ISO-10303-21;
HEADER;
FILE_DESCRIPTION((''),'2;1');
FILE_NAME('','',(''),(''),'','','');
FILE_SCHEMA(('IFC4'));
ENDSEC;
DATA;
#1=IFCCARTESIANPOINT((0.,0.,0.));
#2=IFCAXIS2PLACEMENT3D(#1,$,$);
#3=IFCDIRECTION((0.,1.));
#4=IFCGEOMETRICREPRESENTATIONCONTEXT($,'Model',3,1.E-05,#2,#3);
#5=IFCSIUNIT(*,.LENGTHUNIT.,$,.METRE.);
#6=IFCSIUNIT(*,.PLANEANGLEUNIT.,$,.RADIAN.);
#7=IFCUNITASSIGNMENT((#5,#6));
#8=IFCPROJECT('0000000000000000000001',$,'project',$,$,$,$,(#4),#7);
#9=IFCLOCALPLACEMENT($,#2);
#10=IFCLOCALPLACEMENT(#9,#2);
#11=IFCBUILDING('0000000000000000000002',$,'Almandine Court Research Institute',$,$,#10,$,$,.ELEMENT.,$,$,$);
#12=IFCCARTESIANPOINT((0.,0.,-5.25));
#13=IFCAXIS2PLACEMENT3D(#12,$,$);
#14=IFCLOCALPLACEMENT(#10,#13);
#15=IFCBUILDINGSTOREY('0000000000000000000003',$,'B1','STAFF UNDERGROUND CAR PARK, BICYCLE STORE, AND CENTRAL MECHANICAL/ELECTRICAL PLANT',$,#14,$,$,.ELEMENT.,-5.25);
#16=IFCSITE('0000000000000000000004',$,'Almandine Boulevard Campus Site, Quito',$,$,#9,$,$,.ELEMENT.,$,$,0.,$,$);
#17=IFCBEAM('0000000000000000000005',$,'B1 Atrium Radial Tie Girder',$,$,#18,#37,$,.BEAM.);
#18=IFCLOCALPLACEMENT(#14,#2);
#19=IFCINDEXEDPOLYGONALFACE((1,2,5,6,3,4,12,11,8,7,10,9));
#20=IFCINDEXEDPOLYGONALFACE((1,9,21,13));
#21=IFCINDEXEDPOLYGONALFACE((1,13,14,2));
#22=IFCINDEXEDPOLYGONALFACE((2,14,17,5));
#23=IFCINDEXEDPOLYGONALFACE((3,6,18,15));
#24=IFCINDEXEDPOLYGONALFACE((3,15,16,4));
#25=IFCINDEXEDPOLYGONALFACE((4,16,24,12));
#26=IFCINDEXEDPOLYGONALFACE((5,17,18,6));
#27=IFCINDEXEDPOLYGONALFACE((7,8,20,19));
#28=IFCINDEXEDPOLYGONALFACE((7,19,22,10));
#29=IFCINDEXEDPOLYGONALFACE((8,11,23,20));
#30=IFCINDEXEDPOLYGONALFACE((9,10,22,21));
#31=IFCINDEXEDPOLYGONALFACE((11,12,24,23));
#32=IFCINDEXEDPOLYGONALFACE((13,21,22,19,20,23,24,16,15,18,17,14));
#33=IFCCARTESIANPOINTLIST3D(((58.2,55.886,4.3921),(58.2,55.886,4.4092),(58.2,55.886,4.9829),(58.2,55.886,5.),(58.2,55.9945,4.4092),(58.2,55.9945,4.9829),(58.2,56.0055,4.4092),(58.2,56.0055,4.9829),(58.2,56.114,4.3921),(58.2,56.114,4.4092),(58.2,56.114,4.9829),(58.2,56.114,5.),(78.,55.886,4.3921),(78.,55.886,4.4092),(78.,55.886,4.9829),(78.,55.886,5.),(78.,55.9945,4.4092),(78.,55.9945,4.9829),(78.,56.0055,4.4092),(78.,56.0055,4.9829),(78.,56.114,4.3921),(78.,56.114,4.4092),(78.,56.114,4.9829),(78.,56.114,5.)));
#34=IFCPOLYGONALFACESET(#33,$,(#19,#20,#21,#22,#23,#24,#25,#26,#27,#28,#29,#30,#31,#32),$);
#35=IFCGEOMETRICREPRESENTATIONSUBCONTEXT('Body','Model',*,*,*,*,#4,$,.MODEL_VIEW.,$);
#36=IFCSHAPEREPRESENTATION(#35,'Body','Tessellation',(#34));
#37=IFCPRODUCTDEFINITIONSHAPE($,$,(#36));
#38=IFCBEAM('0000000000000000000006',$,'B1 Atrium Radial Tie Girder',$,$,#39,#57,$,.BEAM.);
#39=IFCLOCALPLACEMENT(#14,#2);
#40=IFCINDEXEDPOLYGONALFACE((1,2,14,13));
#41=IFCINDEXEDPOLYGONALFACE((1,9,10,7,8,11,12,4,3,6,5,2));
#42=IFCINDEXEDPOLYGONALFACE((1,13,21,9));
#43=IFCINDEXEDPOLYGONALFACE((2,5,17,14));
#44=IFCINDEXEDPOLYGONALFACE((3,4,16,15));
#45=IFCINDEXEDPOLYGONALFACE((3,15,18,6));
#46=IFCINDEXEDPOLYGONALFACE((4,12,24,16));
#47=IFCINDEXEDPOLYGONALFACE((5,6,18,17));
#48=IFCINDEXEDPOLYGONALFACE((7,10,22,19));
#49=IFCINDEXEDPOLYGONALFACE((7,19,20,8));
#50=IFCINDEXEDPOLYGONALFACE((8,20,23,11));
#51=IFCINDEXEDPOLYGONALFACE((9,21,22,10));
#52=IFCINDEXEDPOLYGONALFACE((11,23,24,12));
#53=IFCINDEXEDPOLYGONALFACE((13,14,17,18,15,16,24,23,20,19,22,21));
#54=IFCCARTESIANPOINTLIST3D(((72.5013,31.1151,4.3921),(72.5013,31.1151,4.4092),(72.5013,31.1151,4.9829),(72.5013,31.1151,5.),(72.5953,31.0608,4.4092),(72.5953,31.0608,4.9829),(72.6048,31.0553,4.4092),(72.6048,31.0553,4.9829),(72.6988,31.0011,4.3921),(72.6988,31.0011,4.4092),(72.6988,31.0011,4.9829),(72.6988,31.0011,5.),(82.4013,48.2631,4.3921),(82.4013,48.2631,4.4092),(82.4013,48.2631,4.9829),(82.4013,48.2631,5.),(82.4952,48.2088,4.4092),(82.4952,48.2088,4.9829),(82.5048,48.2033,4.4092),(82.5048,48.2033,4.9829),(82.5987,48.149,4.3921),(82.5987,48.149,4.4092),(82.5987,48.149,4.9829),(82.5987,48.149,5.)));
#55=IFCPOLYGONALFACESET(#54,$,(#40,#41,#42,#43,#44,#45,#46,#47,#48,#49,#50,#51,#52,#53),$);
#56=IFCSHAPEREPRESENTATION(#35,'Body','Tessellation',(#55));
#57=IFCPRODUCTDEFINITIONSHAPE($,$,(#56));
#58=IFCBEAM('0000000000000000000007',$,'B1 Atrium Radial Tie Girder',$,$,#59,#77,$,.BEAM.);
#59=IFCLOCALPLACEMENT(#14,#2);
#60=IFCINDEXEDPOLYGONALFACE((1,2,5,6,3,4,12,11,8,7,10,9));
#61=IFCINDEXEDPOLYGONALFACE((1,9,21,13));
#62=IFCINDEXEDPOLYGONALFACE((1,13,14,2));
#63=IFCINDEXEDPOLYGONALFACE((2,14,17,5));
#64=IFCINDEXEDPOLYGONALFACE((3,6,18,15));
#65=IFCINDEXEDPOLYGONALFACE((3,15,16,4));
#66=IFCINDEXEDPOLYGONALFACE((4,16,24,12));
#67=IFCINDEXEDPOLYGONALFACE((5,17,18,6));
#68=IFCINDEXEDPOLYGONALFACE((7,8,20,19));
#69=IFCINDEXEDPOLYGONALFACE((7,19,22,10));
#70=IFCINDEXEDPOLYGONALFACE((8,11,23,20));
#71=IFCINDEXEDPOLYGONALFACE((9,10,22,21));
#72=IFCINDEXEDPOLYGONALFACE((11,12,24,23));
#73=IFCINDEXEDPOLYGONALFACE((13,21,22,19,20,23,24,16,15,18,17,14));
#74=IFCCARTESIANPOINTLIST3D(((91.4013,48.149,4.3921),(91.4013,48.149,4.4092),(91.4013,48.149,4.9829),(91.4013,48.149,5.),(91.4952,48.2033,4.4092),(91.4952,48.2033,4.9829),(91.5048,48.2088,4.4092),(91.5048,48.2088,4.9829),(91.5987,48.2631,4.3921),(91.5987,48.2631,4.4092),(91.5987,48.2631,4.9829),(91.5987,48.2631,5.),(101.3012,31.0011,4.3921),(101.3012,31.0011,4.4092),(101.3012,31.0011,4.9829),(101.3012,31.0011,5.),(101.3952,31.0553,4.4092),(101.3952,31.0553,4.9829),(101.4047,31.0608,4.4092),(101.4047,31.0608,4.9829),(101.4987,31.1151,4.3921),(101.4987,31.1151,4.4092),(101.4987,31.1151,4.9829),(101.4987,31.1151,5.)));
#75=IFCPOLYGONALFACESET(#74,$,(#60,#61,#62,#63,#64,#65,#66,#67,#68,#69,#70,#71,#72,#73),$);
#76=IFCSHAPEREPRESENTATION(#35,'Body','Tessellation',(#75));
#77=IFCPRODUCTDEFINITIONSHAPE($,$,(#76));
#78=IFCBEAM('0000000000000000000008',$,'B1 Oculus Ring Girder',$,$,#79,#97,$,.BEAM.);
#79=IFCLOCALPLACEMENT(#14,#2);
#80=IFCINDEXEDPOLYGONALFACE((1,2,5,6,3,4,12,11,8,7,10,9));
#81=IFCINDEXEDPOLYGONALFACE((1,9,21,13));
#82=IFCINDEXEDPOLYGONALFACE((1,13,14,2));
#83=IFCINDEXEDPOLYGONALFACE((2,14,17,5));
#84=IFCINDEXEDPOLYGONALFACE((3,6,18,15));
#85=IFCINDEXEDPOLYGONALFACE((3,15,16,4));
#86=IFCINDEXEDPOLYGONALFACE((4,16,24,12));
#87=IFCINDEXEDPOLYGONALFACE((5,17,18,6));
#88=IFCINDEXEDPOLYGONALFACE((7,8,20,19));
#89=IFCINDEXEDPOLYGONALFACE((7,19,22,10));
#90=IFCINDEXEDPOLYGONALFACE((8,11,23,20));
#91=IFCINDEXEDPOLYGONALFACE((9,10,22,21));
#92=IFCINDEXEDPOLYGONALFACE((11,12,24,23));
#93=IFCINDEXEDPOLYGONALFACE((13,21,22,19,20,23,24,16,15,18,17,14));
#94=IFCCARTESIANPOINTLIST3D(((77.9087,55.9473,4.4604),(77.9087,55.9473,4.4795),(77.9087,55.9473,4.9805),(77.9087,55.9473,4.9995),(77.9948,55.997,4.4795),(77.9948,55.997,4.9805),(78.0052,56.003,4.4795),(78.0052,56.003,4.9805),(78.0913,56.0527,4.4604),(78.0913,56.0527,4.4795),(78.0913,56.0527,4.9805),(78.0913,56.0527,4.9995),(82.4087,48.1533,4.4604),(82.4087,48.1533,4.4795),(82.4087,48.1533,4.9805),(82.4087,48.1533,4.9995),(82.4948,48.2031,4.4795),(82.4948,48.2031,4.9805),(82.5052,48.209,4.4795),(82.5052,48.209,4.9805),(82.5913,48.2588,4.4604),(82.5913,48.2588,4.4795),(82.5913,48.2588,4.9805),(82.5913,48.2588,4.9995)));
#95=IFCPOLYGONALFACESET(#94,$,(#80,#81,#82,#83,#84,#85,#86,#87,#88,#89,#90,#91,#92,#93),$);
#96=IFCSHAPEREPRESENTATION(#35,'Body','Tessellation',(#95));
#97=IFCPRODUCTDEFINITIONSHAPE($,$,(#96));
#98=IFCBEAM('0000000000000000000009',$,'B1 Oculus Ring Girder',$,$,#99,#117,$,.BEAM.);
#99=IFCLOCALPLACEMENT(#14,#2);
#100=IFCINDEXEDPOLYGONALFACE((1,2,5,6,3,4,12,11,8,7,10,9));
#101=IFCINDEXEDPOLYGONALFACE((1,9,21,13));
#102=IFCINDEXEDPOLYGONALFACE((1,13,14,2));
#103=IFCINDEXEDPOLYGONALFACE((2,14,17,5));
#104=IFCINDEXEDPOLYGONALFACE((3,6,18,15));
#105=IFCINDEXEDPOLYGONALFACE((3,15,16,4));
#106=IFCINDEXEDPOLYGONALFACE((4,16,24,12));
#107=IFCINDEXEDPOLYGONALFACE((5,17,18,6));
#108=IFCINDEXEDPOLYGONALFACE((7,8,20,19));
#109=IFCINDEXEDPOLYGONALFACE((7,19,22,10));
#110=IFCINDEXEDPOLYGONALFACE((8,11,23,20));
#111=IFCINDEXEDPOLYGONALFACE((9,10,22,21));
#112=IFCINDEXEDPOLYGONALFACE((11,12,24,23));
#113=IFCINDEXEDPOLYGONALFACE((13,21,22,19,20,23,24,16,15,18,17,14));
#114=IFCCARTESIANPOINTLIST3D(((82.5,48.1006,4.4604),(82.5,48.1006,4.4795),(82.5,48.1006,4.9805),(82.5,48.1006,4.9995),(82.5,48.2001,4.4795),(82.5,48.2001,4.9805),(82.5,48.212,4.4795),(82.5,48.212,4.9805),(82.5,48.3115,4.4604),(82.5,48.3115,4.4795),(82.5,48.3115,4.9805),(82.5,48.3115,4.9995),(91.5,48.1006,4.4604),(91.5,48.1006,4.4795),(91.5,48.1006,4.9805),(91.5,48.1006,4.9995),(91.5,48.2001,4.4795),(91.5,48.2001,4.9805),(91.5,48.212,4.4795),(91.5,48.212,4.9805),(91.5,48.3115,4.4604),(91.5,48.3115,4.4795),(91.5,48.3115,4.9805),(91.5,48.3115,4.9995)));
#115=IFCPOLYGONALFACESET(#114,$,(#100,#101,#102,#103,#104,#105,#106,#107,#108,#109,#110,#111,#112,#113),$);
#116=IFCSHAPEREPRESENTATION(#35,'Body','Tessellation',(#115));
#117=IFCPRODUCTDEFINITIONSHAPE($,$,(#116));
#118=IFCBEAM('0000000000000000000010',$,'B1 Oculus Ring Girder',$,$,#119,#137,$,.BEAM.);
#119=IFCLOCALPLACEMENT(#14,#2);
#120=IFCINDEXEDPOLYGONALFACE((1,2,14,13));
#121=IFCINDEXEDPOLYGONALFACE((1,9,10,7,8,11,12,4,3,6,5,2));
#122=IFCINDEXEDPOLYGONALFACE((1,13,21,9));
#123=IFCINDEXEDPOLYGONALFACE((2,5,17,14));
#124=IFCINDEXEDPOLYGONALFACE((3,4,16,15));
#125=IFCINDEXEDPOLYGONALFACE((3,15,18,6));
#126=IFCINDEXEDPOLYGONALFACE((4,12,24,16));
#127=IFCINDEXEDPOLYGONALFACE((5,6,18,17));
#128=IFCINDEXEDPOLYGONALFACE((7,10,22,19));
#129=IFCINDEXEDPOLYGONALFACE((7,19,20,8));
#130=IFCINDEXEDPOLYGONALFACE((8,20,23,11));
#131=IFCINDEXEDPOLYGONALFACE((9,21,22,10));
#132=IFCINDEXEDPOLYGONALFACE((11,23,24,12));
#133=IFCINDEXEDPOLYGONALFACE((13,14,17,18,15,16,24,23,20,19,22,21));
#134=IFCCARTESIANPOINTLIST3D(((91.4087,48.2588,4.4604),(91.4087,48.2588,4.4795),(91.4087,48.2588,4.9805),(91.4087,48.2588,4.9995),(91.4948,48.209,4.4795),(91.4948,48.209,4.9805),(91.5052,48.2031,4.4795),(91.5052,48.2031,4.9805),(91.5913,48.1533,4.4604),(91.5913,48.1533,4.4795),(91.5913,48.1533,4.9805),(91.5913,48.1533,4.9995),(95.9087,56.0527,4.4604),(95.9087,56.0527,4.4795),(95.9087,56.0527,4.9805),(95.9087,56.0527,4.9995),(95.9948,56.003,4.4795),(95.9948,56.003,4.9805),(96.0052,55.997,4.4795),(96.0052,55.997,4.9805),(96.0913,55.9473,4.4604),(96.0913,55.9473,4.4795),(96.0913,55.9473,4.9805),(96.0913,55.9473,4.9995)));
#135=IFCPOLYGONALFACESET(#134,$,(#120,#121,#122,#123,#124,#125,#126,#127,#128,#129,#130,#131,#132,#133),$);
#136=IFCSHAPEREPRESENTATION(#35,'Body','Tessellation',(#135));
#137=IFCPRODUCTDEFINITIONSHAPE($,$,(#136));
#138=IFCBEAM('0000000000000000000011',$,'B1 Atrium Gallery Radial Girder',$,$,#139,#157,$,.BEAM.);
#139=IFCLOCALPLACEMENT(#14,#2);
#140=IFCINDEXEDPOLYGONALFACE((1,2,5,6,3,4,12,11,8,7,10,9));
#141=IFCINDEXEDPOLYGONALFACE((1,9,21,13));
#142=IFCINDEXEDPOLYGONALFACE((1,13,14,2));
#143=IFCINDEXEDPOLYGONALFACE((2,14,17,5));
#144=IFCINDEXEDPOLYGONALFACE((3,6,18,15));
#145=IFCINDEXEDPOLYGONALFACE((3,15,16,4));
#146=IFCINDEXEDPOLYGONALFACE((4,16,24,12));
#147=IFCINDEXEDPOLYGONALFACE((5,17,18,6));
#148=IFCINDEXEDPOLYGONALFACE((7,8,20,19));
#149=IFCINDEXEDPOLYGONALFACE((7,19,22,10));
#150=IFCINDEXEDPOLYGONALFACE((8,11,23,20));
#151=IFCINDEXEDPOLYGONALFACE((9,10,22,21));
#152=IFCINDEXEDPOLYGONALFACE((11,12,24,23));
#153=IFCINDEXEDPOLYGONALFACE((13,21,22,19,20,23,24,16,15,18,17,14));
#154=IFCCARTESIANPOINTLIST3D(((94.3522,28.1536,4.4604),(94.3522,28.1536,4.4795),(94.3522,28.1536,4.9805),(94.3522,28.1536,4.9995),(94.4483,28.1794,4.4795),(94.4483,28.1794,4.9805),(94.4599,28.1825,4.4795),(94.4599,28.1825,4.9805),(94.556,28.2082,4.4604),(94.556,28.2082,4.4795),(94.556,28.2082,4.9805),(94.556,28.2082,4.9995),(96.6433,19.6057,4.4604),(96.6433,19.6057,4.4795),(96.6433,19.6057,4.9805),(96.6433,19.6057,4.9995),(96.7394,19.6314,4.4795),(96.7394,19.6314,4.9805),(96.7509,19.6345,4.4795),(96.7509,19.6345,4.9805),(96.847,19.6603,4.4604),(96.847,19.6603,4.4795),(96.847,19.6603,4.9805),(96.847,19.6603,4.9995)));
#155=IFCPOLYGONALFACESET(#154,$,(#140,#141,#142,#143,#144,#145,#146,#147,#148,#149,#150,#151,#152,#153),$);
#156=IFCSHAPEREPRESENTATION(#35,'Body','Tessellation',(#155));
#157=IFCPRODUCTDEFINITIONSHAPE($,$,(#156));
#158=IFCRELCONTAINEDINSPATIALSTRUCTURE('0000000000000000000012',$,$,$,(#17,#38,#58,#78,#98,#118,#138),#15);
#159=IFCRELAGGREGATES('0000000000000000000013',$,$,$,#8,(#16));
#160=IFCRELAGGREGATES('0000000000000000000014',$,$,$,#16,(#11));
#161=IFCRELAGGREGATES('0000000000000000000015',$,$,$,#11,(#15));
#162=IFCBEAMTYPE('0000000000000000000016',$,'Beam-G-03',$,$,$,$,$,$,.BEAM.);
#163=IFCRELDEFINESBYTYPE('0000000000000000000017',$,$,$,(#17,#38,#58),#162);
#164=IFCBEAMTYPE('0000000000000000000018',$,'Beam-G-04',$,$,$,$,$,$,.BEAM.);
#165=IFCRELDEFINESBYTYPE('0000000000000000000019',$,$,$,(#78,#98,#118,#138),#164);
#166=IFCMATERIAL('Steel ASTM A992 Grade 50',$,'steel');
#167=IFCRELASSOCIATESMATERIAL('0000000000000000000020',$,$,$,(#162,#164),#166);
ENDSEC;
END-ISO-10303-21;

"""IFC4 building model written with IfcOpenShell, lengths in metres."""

from ifc_helpers import new_model, si_unit, direction, frame, origin, origin_2d, place, context, subcontext, project, spatial, i_section, extrude, material, material_profile, profile_set, type_object, element, save


model = new_model("IFC4")

# Units and contexts
model_context = context("Model", 3, precision=1e-05, world=origin(), true_north=direction((0.0, 1.0)))
body_context = subcontext(model_context, "Body", "Model", "MODEL_VIEW")
ifc_project = project(units=[si_unit("LENGTHUNIT", "METRE"), si_unit("PLANEANGLEUNIT", "RADIAN")], contexts=[model_context])

# Site, building, storey
site_placement = place(None, origin())
site = spatial("IfcSite", under=ifc_project, at=site_placement, Name="Almandine Boulevard Campus Site, Quito", CompositionType="ELEMENT", RefElevation=0.0)
building_placement = place(site_placement, origin())
building = spatial("IfcBuilding", under=site, at=building_placement, Name="Almandine Court Research Institute", CompositionType="ELEMENT")
storey_placement = place(building_placement, frame((0.0, 0.0, -5.25)))
storey = spatial("IfcBuildingStorey", under=building, at=storey_placement, Name="B1", Description="STAFF UNDERGROUND CAR PARK, BICYCLE STORE, AND CENTRAL MECHANICAL/ELECTRICAL PLANT", CompositionType="ELEMENT", Elevation=-5.25)

# Beams
ifc_material_1 = material(Name="Steel ASTM A992 Grade 50", Category="steel")
ifc_material_profile_1 = material_profile(ifc_material_1, i_section(OverallWidth=0.228, OverallDepth=0.6079, WebThickness=0.011, FlangeThickness=0.0171, at=origin_2d()), Name="W610x113")
ifc_profile_set_1 = profile_set([ifc_material_profile_1], Name="Steel ASTM A992 Grade 50")
beam_type_1 = type_object("IfcBeamType", Name="Beam-G-03", PredefinedType="BEAM", material=ifc_profile_set_1)
beam_1_placement = place(storey_placement, frame((78.0, 56.0, 4.696), z_axis=(-1.0, 0.0, 0.0), x_axis=(0.0, -1.0, 0.0)))
element("IfcBeam", 1, at=beam_1_placement, inside=storey, type_object=beam_type_1, Name="B1 Atrium Radial Tie Girder", PredefinedType="BEAM", context=body_context, shape_type="SweptSolid", body=[
    extrude(i_section(OverallWidth=0.228, OverallDepth=0.6079, WebThickness=0.011, FlangeThickness=0.0171, at=origin_2d()), origin(), (0.0, 0.0, 1.0), 19.8),
])
for number, where, z_axis, x_axis, name in (
    (2, (82.5, 48.2061, 4.696), (-0.499982, -0.866036, 0.0), (0.866036, -0.499982, 0.0), "B1 Atrium Radial Tie Girder"),
    (3, (91.5, 48.2061, 4.696), (0.499982, -0.866036, 0.0), (0.866036, 0.499982, 0.0), "B1 Atrium Radial Tie Girder"),
):
    element("IfcBeam", number, at=place(storey_placement, frame(where, z_axis=z_axis, x_axis=x_axis)), inside=storey, type_object=beam_type_1, Name=name, PredefinedType="BEAM", context=body_context, shape_type="SweptSolid", body=[
        extrude(i_section(OverallWidth=0.228, OverallDepth=0.6079, WebThickness=0.011, FlangeThickness=0.0171, at=origin_2d()), origin(), (0.0, 0.0, 1.0), 19.8005),
    ])
ifc_material_profile_2 = material_profile(ifc_material_1, i_section(OverallWidth=0.2109, OverallDepth=0.5391, WebThickness=0.012, FlangeThickness=0.019, at=origin_2d()), Name="W530x109")
ifc_profile_set_2 = profile_set([ifc_material_profile_2], Name="Steel ASTM A992 Grade 50")
beam_type_2 = type_object("IfcBeamType", Name="Beam-G-04", PredefinedType="BEAM", material=ifc_profile_set_2)
beam_2_placement = place(storey_placement, frame((78.0, 56.0, 4.73), z_axis=(0.500014, -0.866018, 0.0), x_axis=(0.866018, 0.500014, 0.0)))
element("IfcBeam", 4, at=beam_2_placement, inside=storey, type_object=beam_type_2, Name="B1 Oculus Ring Girder", PredefinedType="BEAM", context=body_context, shape_type="SweptSolid", body=[
    extrude(i_section(OverallWidth=0.2109, OverallDepth=0.5391, WebThickness=0.012, FlangeThickness=0.019, at=origin_2d()), origin(), (0.0, 0.0, 1.0), 8.9998),
])
beam_3_placement = place(storey_placement, frame((82.5, 48.2061, 4.73), z_axis=(1.0, 0.0, 0.0), x_axis=(0.0, 1.0, 0.0)))
element("IfcBeam", 5, at=beam_3_placement, inside=storey, type_object=beam_type_2, Name="B1 Oculus Ring Girder", PredefinedType="BEAM", context=body_context, shape_type="SweptSolid", body=[
    extrude(i_section(OverallWidth=0.2109, OverallDepth=0.5391, WebThickness=0.012, FlangeThickness=0.019, at=origin_2d()), origin(), (0.0, 0.0, 1.0), 9.0),
])
beam_4_placement = place(storey_placement, frame((91.5, 48.2061, 4.73), z_axis=(0.500014, 0.866018, 0.0), x_axis=(-0.866018, 0.500014, 0.0)))
element("IfcBeam", 6, at=beam_4_placement, inside=storey, type_object=beam_type_2, Name="B1 Oculus Ring Girder", PredefinedType="BEAM", context=body_context, shape_type="SweptSolid", body=[
    extrude(i_section(OverallWidth=0.2109, OverallDepth=0.5391, WebThickness=0.012, FlangeThickness=0.019, at=origin_2d()), origin(), (0.0, 0.0, 1.0), 8.9998),
])
beam_5_placement = place(storey_placement, frame((94.4541, 28.1809, 4.73), z_axis=(0.258885, -0.965908, 0.0), x_axis=(0.965908, 0.258885, 0.0)))
element("IfcBeam", 7, at=beam_5_placement, inside=storey, type_object=beam_type_2, Name="B1 Atrium Gallery Radial Girder", PredefinedType="BEAM", context=body_context, shape_type="SweptSolid", body=[
    extrude(i_section(OverallWidth=0.2109, OverallDepth=0.5391, WebThickness=0.012, FlangeThickness=0.019, at=origin_2d()), origin(), (0.0, 0.0, 1.0), 8.8496),
])

save(model, "model.ifc")
